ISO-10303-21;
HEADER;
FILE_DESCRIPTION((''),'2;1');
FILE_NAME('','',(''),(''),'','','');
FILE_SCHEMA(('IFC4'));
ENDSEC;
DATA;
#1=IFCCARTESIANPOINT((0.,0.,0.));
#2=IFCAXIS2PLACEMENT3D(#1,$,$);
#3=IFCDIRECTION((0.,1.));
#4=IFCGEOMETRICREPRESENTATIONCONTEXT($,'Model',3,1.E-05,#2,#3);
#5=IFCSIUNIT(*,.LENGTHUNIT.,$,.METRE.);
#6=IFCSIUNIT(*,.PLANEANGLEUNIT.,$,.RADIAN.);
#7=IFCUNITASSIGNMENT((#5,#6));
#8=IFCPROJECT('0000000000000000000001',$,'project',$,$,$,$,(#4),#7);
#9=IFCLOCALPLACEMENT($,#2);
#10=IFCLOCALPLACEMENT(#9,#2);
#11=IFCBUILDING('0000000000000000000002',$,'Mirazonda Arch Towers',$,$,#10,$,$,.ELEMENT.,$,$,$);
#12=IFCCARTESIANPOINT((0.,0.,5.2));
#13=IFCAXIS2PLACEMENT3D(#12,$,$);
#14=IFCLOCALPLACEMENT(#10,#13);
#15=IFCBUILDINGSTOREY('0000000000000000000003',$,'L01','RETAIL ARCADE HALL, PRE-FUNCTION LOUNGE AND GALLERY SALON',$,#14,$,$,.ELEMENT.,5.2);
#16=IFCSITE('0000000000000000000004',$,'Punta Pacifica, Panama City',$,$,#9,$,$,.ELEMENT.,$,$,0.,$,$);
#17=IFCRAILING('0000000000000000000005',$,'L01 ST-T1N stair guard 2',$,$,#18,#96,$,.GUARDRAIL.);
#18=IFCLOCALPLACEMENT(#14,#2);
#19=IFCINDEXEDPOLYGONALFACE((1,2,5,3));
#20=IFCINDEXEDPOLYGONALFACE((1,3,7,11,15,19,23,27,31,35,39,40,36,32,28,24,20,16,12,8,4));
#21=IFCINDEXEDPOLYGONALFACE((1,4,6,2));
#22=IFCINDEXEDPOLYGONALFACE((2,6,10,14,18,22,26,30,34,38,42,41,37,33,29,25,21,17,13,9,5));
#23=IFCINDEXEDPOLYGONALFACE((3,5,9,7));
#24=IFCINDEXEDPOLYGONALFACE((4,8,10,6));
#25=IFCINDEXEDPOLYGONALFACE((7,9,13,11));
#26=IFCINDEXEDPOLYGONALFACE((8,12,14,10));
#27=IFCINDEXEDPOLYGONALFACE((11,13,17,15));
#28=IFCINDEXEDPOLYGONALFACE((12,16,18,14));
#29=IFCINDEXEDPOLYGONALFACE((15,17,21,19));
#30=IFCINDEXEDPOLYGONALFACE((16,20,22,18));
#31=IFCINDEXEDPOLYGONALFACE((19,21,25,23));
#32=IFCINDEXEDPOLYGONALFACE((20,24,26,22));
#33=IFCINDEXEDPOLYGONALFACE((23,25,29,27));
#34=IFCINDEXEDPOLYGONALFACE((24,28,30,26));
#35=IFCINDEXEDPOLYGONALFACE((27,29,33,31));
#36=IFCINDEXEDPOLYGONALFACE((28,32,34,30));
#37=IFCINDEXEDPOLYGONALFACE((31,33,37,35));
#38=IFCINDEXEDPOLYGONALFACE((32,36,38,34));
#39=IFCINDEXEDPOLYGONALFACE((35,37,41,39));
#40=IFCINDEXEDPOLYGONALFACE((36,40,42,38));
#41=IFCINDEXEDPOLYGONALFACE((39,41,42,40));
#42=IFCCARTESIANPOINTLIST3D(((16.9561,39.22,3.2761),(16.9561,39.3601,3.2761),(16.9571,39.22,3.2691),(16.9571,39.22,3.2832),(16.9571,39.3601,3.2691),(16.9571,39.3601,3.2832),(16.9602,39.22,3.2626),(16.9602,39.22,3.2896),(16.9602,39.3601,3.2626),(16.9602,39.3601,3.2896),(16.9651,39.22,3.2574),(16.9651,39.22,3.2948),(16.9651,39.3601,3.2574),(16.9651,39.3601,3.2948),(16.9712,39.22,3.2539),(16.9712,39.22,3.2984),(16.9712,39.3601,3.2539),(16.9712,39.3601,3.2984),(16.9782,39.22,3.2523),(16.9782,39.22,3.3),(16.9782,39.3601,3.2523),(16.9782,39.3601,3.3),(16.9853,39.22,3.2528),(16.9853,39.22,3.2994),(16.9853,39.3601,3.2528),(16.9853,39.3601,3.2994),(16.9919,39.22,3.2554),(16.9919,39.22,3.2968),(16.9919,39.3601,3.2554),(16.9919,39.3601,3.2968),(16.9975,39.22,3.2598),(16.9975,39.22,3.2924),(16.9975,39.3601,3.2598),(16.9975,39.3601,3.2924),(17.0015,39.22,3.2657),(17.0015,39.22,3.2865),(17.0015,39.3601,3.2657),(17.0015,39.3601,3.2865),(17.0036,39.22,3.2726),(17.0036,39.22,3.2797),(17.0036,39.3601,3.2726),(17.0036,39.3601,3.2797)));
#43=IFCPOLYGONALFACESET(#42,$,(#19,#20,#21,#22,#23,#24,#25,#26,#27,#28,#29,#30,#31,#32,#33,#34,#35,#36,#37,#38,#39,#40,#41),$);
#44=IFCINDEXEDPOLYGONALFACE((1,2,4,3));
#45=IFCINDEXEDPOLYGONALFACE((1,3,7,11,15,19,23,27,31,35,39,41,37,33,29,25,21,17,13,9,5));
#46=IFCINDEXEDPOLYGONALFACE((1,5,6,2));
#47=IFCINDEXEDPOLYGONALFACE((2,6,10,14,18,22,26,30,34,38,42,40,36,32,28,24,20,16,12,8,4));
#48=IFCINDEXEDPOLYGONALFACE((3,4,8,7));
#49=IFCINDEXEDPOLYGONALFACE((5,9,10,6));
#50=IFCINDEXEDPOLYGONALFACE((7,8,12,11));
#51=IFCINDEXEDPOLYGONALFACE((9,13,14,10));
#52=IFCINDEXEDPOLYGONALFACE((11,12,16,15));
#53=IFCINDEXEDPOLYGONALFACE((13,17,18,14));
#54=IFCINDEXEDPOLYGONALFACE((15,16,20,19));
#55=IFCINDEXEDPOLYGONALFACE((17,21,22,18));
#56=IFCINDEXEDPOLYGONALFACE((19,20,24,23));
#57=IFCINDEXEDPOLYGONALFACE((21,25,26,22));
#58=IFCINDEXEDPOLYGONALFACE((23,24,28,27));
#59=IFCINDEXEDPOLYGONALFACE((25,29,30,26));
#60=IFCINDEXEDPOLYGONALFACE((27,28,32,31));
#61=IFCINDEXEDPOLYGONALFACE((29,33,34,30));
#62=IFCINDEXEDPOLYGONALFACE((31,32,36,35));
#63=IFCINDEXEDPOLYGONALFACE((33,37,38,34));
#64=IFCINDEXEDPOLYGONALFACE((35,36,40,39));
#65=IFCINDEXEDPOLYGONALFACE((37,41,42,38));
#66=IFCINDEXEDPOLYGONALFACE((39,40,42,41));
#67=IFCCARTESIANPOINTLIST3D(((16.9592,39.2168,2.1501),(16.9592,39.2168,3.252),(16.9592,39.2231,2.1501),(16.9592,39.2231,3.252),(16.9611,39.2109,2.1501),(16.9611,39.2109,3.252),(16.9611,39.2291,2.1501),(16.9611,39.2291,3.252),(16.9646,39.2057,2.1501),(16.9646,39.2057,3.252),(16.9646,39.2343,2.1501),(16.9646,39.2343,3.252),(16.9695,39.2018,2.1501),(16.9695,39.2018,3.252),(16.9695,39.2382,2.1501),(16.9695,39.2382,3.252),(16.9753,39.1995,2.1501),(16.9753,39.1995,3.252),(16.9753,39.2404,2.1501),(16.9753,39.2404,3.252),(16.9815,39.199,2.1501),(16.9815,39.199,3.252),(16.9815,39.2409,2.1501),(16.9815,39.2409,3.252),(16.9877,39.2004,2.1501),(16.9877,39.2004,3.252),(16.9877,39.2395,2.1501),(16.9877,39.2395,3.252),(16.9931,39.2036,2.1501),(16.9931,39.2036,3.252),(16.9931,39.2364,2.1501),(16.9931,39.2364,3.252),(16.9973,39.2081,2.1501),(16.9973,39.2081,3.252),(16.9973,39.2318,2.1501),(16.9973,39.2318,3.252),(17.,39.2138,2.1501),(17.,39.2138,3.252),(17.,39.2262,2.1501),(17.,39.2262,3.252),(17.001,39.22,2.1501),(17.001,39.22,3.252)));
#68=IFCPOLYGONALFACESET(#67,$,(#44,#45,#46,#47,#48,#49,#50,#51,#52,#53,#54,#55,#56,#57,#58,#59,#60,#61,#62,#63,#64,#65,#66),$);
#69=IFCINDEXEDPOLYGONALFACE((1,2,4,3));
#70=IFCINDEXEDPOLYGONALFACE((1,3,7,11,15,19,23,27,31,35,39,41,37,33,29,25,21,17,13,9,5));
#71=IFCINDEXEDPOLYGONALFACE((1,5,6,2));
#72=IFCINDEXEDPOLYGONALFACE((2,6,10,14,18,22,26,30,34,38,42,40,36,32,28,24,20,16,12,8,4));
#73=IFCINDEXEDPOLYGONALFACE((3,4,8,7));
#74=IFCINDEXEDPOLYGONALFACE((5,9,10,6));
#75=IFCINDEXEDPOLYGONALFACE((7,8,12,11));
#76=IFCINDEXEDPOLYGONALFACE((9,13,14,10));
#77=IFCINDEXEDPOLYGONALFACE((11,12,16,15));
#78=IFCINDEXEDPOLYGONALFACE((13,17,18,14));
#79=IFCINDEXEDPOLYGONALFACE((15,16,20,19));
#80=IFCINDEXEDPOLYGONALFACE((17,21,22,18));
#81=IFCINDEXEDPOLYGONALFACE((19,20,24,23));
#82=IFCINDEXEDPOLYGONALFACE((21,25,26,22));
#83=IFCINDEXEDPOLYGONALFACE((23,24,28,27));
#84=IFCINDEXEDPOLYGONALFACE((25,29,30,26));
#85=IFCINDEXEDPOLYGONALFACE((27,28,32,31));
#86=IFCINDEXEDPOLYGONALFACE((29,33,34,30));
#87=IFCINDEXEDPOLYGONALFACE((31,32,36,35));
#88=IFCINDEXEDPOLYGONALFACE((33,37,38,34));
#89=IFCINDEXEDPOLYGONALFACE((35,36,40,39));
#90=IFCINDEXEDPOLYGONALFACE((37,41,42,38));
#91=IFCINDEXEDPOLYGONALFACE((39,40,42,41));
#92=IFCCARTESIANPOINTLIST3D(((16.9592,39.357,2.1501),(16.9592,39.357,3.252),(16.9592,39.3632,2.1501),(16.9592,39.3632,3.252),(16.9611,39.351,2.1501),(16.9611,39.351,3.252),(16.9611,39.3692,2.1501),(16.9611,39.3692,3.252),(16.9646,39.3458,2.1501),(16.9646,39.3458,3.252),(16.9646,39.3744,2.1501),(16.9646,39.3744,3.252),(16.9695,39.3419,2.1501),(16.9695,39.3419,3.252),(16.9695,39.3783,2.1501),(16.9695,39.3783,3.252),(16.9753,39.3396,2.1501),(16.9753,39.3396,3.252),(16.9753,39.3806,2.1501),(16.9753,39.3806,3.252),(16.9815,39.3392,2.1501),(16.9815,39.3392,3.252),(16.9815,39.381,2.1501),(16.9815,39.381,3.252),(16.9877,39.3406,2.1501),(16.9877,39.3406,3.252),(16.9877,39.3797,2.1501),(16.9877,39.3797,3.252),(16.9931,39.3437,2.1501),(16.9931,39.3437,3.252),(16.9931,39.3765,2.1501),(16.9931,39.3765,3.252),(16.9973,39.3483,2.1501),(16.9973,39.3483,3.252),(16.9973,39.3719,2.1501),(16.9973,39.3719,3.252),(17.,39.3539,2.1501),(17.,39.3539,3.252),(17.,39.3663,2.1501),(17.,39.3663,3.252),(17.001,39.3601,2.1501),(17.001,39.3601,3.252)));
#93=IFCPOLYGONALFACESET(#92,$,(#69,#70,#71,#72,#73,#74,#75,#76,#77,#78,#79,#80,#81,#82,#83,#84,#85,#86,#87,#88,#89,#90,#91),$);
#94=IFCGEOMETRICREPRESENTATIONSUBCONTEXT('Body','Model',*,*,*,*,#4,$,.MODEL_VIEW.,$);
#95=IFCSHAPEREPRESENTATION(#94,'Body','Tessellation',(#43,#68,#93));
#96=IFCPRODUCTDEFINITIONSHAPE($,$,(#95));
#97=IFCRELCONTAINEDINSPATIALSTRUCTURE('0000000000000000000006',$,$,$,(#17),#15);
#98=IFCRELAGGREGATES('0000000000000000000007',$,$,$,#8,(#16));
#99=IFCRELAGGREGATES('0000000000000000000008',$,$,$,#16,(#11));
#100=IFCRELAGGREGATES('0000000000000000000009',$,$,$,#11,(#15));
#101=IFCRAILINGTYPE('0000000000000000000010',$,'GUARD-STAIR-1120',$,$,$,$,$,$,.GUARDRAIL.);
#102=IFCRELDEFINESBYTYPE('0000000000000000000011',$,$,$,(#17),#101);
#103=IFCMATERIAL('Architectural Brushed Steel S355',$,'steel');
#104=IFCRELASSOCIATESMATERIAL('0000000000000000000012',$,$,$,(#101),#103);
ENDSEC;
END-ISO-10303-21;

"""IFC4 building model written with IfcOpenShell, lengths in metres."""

from ifc_helpers import new_model, si_unit, direction, frame, origin, origin_2d, place, context, subcontext, project, spatial, circle, extrude, material, type_object, element, save


model = new_model("IFC4")

# Units and contexts
model_context = context("Model", 3, precision=1e-05, world=origin(), true_north=direction((0.0, 1.0)))
body_context = subcontext(model_context, "Body", "Model", "MODEL_VIEW")
ifc_project = project(units=[si_unit("LENGTHUNIT", "METRE"), si_unit("PLANEANGLEUNIT", "RADIAN")], contexts=[model_context])

# Site, building, storey
site_placement = place(None, origin())
site = spatial("IfcSite", under=ifc_project, at=site_placement, Name="Punta Pacifica, Panama City", CompositionType="ELEMENT", RefElevation=0.0)
building_placement = place(site_placement, origin())
building = spatial("IfcBuilding", under=site, at=building_placement, Name="Mirazonda Arch Towers", CompositionType="ELEMENT")
storey_placement = place(building_placement, frame((0.0, 0.0, 5.2)))
storey = spatial("IfcBuildingStorey", under=building, at=storey_placement, Name="L01", Description="RETAIL ARCADE HALL, PRE-FUNCTION LOUNGE AND GALLERY SALON", CompositionType="ELEMENT", Elevation=5.2)

# Shared definitions
ifc_material_1 = material(Name="Architectural Brushed Steel S355", Category="steel")

# Railing
railing_type_1 = type_object("IfcRailingType", Name="GUARD-STAIR-1120", PredefinedType="GUARDRAIL", material=ifc_material_1)
railing_1_placement = place(storey_placement, frame((16.98, 39.22, 2.1501)))
element("IfcRailing", 1, at=railing_1_placement, inside=storey, type_object=railing_type_1, Name="L01 ST-T1N stair guard 2", PredefinedType="GUARDRAIL", context=body_context, shape_type="SweptSolid", body=[
    extrude(circle(Radius=0.0239, at=origin_2d()), frame((0.0, 0.0, 1.126), z_axis=(0.0, 1.0, 0.0), x_axis=(-1.0, 0.0, 0.0)), (0.0, 0.0, 1.0), 0.1401),
    extrude(circle(Radius=0.021, at=origin_2d()), origin(), (0.0, 0.0, 1.0), 1.1018),
    extrude(circle(Radius=0.021, at=origin_2d()), frame((0.0, 0.1401, 0.0)), (0.0, 0.0, 1.0), 1.1018),
])

save(model, "model.ifc")
